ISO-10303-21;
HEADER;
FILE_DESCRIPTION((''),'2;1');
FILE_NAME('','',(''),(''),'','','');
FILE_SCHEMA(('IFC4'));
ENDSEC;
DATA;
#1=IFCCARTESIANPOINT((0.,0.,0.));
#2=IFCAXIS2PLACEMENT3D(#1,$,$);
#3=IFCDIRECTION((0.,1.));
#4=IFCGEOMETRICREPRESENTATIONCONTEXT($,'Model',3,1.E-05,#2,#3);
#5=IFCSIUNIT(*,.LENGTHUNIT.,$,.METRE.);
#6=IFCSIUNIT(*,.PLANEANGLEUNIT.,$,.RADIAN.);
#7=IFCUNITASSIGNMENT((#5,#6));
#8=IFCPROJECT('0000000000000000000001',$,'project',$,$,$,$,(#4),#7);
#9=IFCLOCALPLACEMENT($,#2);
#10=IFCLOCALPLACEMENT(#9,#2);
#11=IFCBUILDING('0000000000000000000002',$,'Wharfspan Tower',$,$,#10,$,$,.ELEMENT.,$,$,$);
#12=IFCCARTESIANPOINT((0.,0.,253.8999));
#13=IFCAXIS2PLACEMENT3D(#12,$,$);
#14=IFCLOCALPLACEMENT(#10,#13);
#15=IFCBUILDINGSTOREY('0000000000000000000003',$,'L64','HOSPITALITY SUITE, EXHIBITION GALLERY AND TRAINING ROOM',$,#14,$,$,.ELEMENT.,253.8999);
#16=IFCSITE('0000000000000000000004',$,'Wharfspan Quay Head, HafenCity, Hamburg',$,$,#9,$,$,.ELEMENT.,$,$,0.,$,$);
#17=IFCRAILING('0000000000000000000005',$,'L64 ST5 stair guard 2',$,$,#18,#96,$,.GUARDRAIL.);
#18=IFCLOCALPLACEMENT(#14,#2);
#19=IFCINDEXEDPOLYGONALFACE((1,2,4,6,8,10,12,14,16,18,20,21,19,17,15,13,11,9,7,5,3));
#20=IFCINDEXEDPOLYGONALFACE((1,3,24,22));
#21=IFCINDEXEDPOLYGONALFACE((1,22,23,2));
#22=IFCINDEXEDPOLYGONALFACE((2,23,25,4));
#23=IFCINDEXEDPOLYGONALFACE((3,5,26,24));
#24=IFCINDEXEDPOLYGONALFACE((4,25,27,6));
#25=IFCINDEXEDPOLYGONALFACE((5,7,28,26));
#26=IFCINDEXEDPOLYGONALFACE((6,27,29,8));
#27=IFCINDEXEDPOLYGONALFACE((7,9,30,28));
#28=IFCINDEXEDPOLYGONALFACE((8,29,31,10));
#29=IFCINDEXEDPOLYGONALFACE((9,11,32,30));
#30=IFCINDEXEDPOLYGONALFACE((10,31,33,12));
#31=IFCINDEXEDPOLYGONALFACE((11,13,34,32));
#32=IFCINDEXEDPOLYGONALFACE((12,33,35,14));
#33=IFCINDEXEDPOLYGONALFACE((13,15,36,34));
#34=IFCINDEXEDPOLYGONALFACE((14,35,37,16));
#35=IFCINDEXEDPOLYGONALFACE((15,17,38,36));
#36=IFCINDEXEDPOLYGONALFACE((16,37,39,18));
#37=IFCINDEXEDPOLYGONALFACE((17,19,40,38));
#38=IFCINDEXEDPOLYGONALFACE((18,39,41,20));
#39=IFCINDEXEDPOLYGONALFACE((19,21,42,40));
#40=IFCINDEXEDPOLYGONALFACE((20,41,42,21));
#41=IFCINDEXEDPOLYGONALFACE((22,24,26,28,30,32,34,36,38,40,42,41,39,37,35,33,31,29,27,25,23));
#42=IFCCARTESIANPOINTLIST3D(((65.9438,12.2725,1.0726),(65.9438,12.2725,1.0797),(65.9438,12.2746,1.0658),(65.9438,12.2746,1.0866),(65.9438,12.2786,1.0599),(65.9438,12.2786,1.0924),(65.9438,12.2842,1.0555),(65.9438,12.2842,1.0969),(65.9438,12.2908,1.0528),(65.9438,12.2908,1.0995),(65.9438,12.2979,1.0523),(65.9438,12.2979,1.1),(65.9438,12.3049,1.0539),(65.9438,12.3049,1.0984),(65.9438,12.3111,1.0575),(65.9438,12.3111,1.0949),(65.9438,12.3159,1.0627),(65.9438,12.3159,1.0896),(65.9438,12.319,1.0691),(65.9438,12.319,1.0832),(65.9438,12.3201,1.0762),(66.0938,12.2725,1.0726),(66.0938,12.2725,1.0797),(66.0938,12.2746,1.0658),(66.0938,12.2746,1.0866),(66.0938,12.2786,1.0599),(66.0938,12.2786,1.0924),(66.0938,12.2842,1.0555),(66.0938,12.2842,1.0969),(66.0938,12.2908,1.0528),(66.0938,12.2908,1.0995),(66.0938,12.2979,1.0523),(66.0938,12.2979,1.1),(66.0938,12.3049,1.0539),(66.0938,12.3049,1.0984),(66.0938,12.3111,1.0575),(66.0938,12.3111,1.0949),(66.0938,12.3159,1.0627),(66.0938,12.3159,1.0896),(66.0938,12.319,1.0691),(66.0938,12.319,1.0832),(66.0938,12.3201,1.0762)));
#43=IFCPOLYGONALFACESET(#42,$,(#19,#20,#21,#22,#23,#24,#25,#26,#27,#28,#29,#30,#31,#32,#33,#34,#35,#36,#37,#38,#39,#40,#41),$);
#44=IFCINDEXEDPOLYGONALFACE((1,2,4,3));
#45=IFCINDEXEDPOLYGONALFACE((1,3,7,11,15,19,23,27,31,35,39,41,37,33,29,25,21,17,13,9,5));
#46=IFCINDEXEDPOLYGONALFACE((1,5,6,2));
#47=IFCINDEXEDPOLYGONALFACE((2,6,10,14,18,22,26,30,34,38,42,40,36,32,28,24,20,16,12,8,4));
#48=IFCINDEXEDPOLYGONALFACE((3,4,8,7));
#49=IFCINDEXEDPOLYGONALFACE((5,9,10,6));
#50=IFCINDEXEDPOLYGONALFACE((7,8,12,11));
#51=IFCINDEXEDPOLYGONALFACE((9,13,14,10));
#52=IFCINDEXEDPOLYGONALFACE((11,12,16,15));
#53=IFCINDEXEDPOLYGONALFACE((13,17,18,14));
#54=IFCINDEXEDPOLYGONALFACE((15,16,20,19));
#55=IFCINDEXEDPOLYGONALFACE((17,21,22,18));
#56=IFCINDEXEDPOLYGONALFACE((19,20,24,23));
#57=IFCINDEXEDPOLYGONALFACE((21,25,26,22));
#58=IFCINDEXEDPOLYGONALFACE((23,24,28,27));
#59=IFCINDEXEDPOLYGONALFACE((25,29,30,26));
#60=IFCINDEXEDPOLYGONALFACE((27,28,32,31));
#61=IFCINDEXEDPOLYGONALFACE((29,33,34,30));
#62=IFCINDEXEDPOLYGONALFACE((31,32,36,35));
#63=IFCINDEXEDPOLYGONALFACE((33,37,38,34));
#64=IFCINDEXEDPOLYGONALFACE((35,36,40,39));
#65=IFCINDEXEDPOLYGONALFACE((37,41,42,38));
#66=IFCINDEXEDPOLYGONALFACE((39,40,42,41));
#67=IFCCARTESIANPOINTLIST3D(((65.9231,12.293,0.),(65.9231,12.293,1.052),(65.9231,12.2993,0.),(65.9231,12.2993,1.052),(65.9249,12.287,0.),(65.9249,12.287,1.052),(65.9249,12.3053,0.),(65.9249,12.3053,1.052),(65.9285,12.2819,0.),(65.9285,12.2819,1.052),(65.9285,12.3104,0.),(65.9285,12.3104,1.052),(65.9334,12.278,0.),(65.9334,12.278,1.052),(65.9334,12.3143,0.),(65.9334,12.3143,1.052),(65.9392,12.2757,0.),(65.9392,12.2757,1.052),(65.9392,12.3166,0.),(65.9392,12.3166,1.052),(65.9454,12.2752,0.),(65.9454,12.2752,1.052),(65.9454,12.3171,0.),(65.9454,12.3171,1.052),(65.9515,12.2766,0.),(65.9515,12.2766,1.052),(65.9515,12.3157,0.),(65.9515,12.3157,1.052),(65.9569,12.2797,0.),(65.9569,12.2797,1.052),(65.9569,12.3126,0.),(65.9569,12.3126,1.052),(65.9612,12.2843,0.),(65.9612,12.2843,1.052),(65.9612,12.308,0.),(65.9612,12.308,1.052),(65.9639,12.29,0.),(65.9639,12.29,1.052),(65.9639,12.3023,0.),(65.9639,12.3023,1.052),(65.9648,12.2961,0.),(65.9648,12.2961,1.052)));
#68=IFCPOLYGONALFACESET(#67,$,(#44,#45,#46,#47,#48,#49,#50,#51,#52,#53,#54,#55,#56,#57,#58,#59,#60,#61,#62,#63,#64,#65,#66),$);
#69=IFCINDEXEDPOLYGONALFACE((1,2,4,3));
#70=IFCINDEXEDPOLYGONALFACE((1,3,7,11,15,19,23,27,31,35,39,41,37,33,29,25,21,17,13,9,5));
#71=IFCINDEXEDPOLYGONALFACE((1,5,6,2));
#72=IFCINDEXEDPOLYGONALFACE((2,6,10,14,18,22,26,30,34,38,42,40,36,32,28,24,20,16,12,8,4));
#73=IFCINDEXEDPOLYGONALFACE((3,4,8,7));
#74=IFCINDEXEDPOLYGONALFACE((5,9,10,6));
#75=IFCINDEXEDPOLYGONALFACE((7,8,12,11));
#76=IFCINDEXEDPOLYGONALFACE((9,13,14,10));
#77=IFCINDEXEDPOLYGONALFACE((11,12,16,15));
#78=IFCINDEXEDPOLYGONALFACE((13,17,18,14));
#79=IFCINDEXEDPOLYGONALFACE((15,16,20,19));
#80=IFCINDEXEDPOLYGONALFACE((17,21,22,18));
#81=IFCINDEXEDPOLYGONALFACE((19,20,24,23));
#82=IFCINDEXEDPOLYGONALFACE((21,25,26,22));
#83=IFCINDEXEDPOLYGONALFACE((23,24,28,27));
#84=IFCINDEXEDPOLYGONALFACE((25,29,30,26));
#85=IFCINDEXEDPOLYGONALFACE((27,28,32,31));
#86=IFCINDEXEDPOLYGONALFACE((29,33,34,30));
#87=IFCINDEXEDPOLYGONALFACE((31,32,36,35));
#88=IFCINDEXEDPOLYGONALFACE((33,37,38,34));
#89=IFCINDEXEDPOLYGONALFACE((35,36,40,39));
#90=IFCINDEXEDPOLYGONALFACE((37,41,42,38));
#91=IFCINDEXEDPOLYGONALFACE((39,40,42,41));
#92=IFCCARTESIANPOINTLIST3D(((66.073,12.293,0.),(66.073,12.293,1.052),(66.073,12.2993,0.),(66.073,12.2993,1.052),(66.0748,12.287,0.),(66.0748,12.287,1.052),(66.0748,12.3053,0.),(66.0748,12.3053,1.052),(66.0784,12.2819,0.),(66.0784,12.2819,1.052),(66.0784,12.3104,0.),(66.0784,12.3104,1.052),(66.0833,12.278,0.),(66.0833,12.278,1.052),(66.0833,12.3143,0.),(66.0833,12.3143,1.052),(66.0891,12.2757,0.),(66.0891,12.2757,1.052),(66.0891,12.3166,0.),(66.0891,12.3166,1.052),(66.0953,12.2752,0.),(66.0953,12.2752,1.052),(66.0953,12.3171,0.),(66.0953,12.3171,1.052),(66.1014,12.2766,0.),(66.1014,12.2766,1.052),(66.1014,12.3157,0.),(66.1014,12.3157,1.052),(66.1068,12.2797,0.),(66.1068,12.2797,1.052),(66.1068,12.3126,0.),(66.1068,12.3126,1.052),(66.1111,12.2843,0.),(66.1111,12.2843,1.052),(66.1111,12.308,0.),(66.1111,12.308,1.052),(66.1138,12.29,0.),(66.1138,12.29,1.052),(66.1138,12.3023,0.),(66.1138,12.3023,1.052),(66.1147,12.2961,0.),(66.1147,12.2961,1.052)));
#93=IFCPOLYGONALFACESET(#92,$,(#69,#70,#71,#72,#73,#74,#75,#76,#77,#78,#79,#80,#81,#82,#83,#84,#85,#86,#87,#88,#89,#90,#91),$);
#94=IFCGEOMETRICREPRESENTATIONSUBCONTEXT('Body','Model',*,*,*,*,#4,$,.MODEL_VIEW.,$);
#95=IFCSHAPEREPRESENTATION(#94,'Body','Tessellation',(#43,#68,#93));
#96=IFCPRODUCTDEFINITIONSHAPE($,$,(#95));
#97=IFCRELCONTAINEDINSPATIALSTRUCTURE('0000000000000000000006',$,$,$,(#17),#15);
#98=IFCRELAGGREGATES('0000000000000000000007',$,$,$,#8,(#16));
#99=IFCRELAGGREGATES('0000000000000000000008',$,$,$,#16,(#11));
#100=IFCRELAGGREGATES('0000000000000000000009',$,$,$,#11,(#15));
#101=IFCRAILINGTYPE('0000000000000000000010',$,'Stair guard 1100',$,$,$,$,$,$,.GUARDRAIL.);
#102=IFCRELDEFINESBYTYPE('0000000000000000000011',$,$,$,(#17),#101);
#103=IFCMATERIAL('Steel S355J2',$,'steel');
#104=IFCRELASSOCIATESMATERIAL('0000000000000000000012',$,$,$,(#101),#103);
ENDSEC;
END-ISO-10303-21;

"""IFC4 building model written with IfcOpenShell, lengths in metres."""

from ifc_helpers import new_model, si_unit, direction, frame, origin, origin_2d, place, context, subcontext, project, spatial, circle, extrude, material, type_object, element, save


model = new_model("IFC4")

# Units and contexts
model_context = context("Model", 3, precision=1e-05, world=origin(), true_north=direction((0.0, 1.0)))
body_context = subcontext(model_context, "Body", "Model", "MODEL_VIEW")
ifc_project = project(units=[si_unit("LENGTHUNIT", "METRE"), si_unit("PLANEANGLEUNIT", "RADIAN")], contexts=[model_context])

# Site, building, storey
site_placement = place(None, origin())
site = spatial("IfcSite", under=ifc_project, at=site_placement, Name="Wharfspan Quay Head, HafenCity, Hamburg", CompositionType="ELEMENT", RefElevation=0.0)
building_placement = place(site_placement, origin())
building = spatial("IfcBuilding", under=site, at=building_placement, Name="Wharfspan Tower", CompositionType="ELEMENT")
storey_placement = place(building_placement, frame((0.0, 0.0, 253.8999)))
storey = spatial("IfcBuildingStorey", under=building, at=storey_placement, Name="L64", Description="HOSPITALITY SUITE, EXHIBITION GALLERY AND TRAINING ROOM", CompositionType="ELEMENT", Elevation=253.8999)

# Shared definitions
ifc_material_1 = material(Name="Steel S355J2", Category="steel")

# Railing
railing_type_1 = type_object("IfcRailingType", Name="Stair guard 1100", PredefinedType="GUARDRAIL", material=ifc_material_1)
railing_1_placement = place(storey_placement, frame((65.9438, 12.2961, 0.0)))
element("IfcRailing", 1, at=railing_1_placement, inside=storey, type_object=railing_type_1, Name="L64 ST5 stair guard 2", PredefinedType="GUARDRAIL", context=body_context, shape_type="SweptSolid", body=[
    extrude(circle(Radius=0.0239, at=origin_2d()), frame((0.0, 0.0, 1.0762), z_axis=(1.0, 0.0, 0.0), x_axis=(0.0, 1.0, 0.0)), (0.0, 0.0, 1.0), 0.1499),
    extrude(circle(Radius=0.021, at=origin_2d()), origin(), (0.0, 0.0, 1.0), 1.052),
    extrude(circle(Radius=0.021, at=origin_2d()), frame((0.1499, 0.0, 0.0)), (0.0, 0.0, 1.0), 1.052),
])

save(model, "model.ifc")
